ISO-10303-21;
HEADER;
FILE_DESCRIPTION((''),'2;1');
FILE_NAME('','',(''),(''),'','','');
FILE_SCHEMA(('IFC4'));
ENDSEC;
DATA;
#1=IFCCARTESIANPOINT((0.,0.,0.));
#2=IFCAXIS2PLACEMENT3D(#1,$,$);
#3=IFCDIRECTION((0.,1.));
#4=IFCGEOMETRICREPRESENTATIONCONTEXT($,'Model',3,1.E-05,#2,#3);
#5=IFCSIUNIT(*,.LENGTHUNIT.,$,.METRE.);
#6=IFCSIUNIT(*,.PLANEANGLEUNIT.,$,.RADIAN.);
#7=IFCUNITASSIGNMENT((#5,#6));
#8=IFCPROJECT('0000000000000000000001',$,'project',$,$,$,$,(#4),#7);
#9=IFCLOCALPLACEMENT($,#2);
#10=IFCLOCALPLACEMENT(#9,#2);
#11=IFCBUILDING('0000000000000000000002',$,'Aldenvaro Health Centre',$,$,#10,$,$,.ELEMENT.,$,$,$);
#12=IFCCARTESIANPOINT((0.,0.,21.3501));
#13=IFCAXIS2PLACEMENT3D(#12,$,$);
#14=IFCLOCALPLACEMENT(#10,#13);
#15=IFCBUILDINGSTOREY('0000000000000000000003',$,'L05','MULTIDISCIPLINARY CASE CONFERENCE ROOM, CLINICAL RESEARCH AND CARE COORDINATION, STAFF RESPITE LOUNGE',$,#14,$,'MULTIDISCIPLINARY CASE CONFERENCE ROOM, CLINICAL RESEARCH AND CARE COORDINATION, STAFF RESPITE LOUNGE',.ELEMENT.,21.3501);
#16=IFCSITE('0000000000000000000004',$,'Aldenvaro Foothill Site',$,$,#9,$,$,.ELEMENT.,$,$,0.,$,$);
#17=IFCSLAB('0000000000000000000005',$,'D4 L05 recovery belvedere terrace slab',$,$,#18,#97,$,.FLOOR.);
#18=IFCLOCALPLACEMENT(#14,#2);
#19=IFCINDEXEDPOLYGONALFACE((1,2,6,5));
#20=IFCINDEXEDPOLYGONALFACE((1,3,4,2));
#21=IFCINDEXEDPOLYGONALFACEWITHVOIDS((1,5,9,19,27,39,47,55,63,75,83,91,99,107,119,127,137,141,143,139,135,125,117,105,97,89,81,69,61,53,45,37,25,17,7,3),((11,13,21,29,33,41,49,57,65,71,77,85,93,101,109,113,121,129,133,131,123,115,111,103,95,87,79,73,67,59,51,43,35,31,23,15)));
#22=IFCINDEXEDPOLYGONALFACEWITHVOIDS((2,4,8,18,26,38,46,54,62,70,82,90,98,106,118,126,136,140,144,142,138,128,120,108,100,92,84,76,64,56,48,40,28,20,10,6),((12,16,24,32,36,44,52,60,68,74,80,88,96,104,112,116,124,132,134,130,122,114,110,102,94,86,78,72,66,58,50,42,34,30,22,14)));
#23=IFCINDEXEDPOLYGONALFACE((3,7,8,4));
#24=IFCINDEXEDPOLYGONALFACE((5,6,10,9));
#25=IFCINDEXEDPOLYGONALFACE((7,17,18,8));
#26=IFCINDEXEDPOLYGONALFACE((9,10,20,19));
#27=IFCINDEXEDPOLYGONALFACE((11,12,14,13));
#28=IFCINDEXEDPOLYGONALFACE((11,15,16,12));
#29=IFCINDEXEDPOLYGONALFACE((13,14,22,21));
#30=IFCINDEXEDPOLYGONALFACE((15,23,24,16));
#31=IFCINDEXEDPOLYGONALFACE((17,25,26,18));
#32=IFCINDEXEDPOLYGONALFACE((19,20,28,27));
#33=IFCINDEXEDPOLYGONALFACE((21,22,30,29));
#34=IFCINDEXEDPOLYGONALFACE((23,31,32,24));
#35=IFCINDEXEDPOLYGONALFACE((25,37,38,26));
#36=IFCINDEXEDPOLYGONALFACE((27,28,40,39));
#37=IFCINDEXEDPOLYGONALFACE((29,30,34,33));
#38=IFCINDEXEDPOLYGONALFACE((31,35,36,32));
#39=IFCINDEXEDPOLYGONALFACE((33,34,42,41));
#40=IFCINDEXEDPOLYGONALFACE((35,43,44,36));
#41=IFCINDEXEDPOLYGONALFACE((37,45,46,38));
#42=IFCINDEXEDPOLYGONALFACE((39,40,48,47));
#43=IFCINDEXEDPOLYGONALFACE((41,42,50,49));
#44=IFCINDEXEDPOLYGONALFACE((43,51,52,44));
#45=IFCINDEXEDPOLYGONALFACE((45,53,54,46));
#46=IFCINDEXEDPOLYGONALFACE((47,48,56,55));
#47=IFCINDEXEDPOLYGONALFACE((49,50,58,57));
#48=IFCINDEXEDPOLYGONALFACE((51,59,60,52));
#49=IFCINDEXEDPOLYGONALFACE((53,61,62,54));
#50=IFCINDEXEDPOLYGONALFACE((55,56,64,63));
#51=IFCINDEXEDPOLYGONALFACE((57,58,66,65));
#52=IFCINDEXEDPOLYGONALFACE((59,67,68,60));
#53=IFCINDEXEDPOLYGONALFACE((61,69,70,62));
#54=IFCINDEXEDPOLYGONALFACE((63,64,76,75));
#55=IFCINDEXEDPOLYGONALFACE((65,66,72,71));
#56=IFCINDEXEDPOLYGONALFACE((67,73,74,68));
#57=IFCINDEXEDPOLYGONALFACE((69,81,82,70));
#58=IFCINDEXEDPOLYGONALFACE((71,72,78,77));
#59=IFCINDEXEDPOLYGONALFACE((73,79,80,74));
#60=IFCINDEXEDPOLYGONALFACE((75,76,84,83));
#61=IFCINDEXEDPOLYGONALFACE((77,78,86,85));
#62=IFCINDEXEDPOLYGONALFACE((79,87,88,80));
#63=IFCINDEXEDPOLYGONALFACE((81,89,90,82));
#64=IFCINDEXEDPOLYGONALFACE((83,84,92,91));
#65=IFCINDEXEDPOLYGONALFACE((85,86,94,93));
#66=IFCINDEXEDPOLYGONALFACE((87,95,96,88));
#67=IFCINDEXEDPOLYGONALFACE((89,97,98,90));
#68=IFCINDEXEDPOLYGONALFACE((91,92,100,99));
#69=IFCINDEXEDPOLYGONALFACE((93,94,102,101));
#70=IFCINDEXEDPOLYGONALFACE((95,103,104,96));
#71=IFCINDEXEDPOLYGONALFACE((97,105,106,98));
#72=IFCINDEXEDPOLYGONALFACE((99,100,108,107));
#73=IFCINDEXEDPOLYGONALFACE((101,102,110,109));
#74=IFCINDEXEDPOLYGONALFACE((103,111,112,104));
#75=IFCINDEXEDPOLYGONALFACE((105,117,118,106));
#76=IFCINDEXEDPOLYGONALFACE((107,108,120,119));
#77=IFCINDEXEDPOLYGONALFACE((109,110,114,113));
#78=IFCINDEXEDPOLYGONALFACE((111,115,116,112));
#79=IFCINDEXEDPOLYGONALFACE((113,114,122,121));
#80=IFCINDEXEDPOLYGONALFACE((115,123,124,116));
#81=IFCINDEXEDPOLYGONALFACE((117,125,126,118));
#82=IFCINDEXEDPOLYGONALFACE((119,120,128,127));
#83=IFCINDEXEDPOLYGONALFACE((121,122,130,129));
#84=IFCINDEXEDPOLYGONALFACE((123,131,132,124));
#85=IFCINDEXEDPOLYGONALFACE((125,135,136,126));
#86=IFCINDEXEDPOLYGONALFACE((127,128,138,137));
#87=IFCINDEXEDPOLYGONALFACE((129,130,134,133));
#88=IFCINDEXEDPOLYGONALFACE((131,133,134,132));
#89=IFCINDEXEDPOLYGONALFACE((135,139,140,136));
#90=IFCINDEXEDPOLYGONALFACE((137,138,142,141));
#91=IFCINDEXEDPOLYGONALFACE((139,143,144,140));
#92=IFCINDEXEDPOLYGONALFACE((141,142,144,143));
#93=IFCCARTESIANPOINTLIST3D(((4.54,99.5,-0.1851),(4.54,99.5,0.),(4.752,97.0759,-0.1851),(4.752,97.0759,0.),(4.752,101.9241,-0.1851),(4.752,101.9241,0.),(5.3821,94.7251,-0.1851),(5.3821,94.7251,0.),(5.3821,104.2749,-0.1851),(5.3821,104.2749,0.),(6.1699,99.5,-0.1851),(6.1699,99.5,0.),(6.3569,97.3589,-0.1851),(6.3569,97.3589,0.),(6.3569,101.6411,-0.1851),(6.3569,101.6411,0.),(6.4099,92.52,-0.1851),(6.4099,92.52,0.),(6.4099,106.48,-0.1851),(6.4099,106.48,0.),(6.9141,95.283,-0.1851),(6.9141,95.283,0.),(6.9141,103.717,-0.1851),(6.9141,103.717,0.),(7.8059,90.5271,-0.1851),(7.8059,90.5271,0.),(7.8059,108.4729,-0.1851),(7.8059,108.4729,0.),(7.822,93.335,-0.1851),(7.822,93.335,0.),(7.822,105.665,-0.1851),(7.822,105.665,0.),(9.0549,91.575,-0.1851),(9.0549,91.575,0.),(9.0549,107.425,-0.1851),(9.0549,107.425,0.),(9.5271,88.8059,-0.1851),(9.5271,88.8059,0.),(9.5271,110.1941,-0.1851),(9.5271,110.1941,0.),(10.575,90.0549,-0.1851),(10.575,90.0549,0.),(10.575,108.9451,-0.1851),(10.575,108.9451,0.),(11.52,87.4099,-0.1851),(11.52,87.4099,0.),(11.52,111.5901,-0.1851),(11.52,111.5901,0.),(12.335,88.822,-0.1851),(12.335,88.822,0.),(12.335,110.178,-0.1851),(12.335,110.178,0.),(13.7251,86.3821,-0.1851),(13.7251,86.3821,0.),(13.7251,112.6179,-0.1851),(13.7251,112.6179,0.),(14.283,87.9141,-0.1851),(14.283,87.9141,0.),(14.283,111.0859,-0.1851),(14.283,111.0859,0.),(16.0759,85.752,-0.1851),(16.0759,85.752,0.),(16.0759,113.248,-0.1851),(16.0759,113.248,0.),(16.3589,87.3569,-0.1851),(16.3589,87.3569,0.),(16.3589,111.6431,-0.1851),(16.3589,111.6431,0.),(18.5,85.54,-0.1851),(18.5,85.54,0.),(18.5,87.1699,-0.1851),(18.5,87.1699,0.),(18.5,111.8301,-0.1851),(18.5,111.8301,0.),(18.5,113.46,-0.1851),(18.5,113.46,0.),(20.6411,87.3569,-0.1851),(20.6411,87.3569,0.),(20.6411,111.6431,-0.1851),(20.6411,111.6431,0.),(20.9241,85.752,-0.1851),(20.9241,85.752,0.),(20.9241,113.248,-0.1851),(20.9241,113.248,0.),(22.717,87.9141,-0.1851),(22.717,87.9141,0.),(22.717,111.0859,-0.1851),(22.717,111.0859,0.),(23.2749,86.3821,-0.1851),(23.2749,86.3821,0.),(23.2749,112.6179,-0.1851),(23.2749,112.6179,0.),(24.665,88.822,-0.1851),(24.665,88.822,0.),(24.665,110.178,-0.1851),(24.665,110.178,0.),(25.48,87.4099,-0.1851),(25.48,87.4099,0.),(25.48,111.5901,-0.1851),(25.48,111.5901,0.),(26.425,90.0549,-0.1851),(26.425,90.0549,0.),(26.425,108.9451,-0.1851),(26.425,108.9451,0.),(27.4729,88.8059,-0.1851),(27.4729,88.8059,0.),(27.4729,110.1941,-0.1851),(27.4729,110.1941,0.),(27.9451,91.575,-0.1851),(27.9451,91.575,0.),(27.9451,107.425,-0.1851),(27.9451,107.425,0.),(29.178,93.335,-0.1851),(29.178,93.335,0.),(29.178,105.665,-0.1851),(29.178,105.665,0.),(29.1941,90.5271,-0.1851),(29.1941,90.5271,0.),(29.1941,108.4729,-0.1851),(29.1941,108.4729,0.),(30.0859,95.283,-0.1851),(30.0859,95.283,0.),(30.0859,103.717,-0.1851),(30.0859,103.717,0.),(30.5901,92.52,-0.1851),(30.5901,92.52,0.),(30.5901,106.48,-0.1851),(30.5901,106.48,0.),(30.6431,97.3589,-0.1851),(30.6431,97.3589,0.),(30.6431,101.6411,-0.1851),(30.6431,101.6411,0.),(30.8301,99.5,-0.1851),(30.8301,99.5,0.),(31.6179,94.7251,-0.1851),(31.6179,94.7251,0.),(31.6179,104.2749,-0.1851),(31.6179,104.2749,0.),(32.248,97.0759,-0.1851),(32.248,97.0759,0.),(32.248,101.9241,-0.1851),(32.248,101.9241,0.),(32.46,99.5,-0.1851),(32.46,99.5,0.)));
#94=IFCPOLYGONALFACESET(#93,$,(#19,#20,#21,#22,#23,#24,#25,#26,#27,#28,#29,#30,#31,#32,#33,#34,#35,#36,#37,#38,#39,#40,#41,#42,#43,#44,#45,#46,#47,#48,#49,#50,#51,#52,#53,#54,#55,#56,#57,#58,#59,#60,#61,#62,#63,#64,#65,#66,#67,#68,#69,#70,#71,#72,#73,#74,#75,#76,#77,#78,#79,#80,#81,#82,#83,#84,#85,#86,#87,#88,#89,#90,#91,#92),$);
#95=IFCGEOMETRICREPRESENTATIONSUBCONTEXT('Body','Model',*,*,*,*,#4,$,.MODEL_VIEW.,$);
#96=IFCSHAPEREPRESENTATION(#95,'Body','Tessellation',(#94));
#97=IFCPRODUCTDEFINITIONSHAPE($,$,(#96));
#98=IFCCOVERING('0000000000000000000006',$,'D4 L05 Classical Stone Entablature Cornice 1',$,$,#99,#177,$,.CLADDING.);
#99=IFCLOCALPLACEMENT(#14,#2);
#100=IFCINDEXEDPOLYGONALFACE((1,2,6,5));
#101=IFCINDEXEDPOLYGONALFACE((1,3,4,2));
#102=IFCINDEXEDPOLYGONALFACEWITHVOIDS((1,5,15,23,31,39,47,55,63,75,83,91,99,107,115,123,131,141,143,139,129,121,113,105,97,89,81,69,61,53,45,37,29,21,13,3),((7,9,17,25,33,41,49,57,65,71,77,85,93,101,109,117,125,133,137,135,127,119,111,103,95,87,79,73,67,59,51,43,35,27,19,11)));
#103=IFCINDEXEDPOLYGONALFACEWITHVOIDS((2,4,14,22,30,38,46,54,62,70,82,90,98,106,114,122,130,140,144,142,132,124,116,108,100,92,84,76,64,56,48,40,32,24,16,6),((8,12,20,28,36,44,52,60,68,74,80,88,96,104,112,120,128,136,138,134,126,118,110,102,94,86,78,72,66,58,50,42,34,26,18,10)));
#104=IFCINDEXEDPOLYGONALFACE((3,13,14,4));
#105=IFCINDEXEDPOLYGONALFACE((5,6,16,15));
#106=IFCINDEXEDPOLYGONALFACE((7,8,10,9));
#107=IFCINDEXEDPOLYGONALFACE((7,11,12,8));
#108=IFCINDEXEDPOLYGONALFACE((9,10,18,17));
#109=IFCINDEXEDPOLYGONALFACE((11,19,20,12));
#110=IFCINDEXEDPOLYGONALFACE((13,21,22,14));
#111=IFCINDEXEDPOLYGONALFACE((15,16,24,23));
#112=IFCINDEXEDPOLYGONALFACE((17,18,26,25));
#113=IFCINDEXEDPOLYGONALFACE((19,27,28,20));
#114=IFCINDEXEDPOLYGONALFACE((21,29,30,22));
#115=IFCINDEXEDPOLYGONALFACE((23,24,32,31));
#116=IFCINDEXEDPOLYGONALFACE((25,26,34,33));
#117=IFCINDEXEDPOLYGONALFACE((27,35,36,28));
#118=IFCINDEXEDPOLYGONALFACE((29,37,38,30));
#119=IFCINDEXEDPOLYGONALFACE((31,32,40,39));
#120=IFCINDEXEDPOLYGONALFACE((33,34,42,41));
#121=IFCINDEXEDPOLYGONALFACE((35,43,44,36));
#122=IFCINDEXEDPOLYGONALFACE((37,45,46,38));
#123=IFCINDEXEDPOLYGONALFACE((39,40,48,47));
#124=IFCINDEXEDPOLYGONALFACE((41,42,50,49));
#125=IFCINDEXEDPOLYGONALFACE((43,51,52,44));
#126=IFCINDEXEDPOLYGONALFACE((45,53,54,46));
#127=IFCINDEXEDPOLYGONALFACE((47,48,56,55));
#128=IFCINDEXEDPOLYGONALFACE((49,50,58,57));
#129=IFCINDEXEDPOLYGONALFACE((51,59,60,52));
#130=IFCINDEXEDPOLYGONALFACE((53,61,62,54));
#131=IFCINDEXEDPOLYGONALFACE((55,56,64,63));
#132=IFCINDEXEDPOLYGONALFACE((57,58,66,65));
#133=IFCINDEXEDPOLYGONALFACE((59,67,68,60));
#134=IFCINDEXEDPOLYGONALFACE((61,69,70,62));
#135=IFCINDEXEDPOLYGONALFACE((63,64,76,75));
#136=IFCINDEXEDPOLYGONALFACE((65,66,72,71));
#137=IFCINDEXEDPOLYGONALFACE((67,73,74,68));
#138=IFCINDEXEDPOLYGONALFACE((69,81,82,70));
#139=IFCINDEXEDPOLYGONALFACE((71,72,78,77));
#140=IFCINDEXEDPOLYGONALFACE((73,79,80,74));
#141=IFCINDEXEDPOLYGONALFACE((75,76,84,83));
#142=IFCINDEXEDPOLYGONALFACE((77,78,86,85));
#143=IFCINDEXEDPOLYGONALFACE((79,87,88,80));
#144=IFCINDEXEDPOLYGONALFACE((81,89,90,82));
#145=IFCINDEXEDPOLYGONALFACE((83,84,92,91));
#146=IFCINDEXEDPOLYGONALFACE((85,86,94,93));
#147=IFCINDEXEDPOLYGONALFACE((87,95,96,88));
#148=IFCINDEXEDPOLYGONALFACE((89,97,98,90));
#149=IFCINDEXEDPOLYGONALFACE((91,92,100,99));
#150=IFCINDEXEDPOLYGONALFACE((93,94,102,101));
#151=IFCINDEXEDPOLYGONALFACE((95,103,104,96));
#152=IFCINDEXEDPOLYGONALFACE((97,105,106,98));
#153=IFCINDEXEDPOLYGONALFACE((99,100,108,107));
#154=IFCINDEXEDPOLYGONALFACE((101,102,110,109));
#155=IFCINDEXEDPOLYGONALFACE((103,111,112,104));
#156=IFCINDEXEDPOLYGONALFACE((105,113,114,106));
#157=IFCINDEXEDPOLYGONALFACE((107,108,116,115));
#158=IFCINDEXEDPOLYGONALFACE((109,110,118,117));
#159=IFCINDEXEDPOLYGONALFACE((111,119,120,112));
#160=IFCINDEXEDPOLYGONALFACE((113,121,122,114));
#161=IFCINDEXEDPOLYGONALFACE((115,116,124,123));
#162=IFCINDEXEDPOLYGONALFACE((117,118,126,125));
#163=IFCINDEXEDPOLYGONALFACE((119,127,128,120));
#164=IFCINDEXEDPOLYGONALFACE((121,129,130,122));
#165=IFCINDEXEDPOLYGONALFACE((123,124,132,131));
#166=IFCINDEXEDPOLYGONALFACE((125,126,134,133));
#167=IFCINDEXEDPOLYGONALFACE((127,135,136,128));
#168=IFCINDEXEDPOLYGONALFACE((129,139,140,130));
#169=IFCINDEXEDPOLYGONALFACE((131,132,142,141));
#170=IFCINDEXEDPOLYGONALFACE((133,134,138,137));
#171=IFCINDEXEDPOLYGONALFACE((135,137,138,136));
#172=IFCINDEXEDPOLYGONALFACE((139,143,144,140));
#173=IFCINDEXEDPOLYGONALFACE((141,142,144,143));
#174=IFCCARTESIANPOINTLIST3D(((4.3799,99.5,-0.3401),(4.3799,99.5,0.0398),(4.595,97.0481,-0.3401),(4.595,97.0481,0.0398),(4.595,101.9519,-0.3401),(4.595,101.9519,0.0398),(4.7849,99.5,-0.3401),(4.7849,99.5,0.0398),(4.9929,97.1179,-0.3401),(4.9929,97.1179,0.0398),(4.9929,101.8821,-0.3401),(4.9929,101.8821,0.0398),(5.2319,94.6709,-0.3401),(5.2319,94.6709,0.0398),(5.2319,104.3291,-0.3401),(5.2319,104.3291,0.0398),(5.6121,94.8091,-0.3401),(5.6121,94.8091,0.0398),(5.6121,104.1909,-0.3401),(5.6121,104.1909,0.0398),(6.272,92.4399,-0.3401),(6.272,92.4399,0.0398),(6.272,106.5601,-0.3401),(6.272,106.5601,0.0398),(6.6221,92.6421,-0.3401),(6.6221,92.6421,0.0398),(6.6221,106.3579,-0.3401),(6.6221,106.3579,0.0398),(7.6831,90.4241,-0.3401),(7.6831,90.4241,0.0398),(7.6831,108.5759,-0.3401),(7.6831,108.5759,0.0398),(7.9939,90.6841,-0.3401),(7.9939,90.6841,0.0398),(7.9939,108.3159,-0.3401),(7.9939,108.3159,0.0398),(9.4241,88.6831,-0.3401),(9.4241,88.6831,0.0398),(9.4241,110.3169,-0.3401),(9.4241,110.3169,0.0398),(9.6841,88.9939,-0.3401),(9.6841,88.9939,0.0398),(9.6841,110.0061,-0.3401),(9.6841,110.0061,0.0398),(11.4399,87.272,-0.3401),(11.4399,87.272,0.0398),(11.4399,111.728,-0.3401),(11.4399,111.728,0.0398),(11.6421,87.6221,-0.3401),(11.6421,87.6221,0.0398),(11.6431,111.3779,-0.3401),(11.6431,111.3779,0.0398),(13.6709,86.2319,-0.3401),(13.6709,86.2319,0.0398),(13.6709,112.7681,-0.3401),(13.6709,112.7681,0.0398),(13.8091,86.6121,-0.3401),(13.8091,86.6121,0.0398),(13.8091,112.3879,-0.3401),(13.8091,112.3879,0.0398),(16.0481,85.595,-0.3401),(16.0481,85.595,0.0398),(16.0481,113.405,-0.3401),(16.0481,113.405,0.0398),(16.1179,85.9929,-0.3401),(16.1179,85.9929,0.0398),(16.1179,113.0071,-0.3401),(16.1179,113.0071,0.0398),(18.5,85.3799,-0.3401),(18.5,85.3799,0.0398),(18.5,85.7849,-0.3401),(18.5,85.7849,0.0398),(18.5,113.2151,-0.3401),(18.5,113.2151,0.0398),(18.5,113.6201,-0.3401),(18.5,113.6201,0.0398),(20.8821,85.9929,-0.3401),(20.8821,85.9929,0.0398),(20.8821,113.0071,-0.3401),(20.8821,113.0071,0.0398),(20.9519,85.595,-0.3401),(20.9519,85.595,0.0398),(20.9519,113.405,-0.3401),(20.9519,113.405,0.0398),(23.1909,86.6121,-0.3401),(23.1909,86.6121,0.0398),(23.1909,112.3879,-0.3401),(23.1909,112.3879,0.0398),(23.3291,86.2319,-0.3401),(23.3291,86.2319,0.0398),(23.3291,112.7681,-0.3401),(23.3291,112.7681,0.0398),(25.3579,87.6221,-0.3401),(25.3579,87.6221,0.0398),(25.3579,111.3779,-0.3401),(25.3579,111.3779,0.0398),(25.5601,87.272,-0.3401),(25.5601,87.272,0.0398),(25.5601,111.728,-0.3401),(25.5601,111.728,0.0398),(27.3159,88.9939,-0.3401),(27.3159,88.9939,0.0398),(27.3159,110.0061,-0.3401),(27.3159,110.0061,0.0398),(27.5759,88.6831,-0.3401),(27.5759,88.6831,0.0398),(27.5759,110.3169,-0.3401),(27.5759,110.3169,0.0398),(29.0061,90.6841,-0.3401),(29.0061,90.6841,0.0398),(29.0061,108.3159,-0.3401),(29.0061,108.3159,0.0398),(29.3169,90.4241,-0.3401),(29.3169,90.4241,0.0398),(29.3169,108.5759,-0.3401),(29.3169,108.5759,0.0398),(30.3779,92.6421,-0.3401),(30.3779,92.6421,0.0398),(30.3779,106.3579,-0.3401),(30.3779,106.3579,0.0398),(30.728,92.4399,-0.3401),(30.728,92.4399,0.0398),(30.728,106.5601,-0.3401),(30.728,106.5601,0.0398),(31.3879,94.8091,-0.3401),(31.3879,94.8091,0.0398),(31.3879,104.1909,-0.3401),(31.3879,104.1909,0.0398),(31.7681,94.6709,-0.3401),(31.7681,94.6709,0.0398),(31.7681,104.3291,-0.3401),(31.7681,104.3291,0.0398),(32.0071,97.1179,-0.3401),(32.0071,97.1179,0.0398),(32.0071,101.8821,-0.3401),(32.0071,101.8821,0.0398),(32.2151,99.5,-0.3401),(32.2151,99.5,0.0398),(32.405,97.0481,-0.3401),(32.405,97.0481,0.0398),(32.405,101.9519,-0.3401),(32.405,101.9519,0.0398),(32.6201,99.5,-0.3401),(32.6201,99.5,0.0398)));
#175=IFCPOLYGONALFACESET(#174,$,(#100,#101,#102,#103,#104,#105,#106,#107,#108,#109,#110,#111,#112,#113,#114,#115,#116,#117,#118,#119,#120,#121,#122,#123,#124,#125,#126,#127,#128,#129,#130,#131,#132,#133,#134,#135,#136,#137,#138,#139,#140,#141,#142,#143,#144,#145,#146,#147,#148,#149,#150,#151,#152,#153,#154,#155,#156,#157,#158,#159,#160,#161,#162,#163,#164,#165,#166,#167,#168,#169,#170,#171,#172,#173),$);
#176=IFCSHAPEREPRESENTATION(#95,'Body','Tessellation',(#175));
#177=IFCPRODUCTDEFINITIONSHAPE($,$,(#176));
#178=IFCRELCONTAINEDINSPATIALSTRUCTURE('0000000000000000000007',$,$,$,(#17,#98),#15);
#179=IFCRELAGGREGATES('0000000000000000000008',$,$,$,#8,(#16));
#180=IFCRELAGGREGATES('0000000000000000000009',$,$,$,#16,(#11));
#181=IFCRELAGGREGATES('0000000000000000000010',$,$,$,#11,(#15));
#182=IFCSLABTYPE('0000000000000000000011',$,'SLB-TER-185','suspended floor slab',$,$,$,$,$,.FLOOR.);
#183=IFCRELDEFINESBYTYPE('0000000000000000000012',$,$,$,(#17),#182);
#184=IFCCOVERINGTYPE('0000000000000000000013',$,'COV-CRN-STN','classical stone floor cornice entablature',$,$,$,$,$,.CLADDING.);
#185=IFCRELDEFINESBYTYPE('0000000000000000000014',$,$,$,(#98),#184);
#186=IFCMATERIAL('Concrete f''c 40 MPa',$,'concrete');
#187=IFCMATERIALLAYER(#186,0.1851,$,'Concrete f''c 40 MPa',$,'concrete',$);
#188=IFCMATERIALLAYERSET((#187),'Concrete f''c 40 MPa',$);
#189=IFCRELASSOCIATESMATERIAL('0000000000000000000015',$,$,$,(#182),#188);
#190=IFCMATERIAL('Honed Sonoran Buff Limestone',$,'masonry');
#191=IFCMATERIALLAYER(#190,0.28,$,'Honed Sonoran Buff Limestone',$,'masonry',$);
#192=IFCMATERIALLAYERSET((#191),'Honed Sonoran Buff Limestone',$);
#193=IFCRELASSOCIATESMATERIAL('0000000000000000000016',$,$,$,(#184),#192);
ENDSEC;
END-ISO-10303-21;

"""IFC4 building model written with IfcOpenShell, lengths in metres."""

from ifc_helpers import new_model, si_unit, direction, frame, origin, place, context, subcontext, project, spatial, polyline, outline, extrude, material, layer, layer_set, type_object, element, save


model = new_model("IFC4")

# Units and contexts
model_context = context("Model", 3, precision=1e-05, world=origin(), true_north=direction((0.0, 1.0)))
body_context = subcontext(model_context, "Body", "Model", "MODEL_VIEW")
ifc_project = project(units=[si_unit("LENGTHUNIT", "METRE"), si_unit("PLANEANGLEUNIT", "RADIAN")], contexts=[model_context])

# Site, building, storey
site_placement = place(None, origin())
site = spatial("IfcSite", under=ifc_project, at=site_placement, Name="Aldenvaro Foothill Site", CompositionType="ELEMENT", RefElevation=0.0)
building_placement = place(site_placement, origin())
building = spatial("IfcBuilding", under=site, at=building_placement, Name="Aldenvaro Health Centre", CompositionType="ELEMENT")
storey_placement = place(building_placement, frame((0.0, 0.0, 21.3501)))
storey = spatial("IfcBuildingStorey", under=building, at=storey_placement, Name="L05", Description="MULTIDISCIPLINARY CASE CONFERENCE ROOM, CLINICAL RESEARCH AND CARE COORDINATION, STAFF RESPITE LOUNGE", LongName="MULTIDISCIPLINARY CASE CONFERENCE ROOM, CLINICAL RESEARCH AND CARE COORDINATION, STAFF RESPITE LOUNGE", CompositionType="ELEMENT", Elevation=21.3501)

# Slab
ifc_material_1 = material(Name="Concrete f'c 40 MPa", Category="concrete")
ifc_layer_1 = layer(ifc_material_1, 0.1851, Name="Concrete f'c 40 MPa", Category="concrete")
ifc_layer_set_1 = layer_set([ifc_layer_1], Name="Concrete f'c 40 MPa")
slab_type_1 = type_object("IfcSlabType", Name="SLB-TER-185", Description="suspended floor slab", PredefinedType="FLOOR", material=ifc_layer_set_1)
slab_1_placement = place(storey_placement, frame((0.0, 0.0, -0.1851)))
element("IfcSlab", 1, at=slab_1_placement, inside=storey, type_object=slab_type_1, Name="D4 L05 recovery belvedere terrace slab", PredefinedType="FLOOR", context=body_context, shape_type="SweptSolid", body=[
    extrude(outline(polyline([(32.248, 97.0759), (31.6179, 94.7251), (30.5901, 92.52), (29.1941, 90.5271), (27.4729, 88.8059), (25.48, 87.4099), (23.2749, 86.3821), (20.9241, 85.752), (18.5, 85.54), (16.0759, 85.752), (13.7251, 86.3821), (11.52, 87.4099), (9.5271, 88.8059), (7.8059, 90.5271), (6.4099, 92.52), (5.3821, 94.7251), (4.752, 97.0759), (4.54, 99.5), (4.752, 101.9241), (5.3821, 104.2749), (6.4099, 106.48), (7.8059, 108.4729), (9.5271, 110.1941), (11.52, 111.5901), (13.7251, 112.6179), (16.0759, 113.248), (18.5, 113.46), (20.9241, 113.248), (23.2749, 112.6179), (25.48, 111.5901), (27.4729, 110.1941), (29.1941, 108.4729), (30.5901, 106.48), (31.6179, 104.2749), (32.248, 101.9241), (32.46, 99.5), (32.248, 97.0759)]), holes=[polyline([(30.6431, 101.6411), (30.0859, 103.717), (29.178, 105.665), (27.9451, 107.425), (26.425, 108.9451), (24.665, 110.178), (22.717, 111.0859), (20.6411, 111.6431), (18.5, 111.8301), (16.3589, 111.6431), (14.283, 111.0859), (12.335, 110.178), (10.575, 108.9451), (9.0549, 107.425), (7.822, 105.665), (6.9141, 103.717), (6.3569, 101.6411), (6.1699, 99.5), (6.3569, 97.3589), (6.9141, 95.283), (7.822, 93.335), (9.0549, 91.575), (10.575, 90.0549), (12.335, 88.822), (14.283, 87.9141), (16.3589, 87.3569), (18.5, 87.1699), (20.6411, 87.3569), (22.717, 87.9141), (24.665, 88.822), (26.425, 90.0549), (27.9451, 91.575), (29.178, 93.335), (30.0859, 95.283), (30.6431, 97.3589), (30.8301, 99.5), (30.6431, 101.6411)])]), origin(), (0.0, 0.0, 1.0), 0.1851),
])

# Covering
ifc_material_2 = material(Name="Honed Sonoran Buff Limestone", Category="masonry")
ifc_layer_2 = layer(ifc_material_2, 0.28, Name="Honed Sonoran Buff Limestone", Category="masonry")
ifc_layer_set_2 = layer_set([ifc_layer_2], Name="Honed Sonoran Buff Limestone")
covering_type = type_object("IfcCoveringType", Name="COV-CRN-STN", Description="classical stone floor cornice entablature", PredefinedType="CLADDING", material=ifc_layer_set_2)
covering_placement = place(storey_placement, frame((0.0, 0.0, -0.3401)))
element("IfcCovering", 2, at=covering_placement, inside=storey, type_object=covering_type, Name="D4 L05 Classical Stone Entablature Cornice 1", PredefinedType="CLADDING", context=body_context, shape_type="SweptSolid", body=[
    extrude(outline(polyline([(32.6201, 99.5), (32.405, 101.9519), (31.7681, 104.3291), (30.728, 106.5601), (29.3169, 108.5759), (27.5759, 110.3169), (25.5601, 111.728), (23.3291, 112.7681), (20.9519, 113.405), (18.5, 113.6201), (16.0481, 113.405), (13.6709, 112.7681), (11.4399, 111.728), (9.4241, 110.3169), (7.6831, 108.5759), (6.272, 106.5601), (5.2319, 104.3291), (4.595, 101.9519), (4.3799, 99.5), (4.595, 97.0481), (5.2319, 94.6709), (6.272, 92.4399), (7.6831, 90.4241), (9.4241, 88.6831), (11.4399, 87.272), (13.6709, 86.2319), (16.0481, 85.595), (18.5, 85.3799), (20.9519, 85.595), (23.3291, 86.2319), (25.5601, 87.272), (27.5759, 88.6831), (29.3169, 90.4241), (30.728, 92.4399), (31.7681, 94.6709), (32.405, 97.0481), (32.6201, 99.5)]), holes=[polyline([(32.2151, 99.5), (32.0071, 97.1179), (31.3879, 94.8091), (30.3779, 92.6421), (29.0061, 90.6841), (27.3159, 88.9939), (25.3579, 87.6221), (23.1909, 86.6121), (20.8821, 85.9929), (18.5, 85.7849), (16.1179, 85.9929), (13.8091, 86.6121), (11.6421, 87.6221), (9.6841, 88.9939), (7.9939, 90.6841), (6.6221, 92.6421), (5.6121, 94.8091), (4.9929, 97.1179), (4.7849, 99.5), (4.9929, 101.8821), (5.6121, 104.1909), (6.6221, 106.3579), (7.9939, 108.3159), (9.6841, 110.0061), (11.6431, 111.3779), (13.8091, 112.3879), (16.1179, 113.0071), (18.5, 113.2151), (20.8821, 113.0071), (23.1909, 112.3879), (25.3579, 111.3779), (27.3159, 110.0061), (29.0061, 108.3159), (30.3779, 106.3579), (31.3879, 104.1909), (32.0071, 101.8821), (32.2151, 99.5)])]), origin(), (0.0, 0.0, 1.0), 0.3799),
])

save(model, "model.ifc")
